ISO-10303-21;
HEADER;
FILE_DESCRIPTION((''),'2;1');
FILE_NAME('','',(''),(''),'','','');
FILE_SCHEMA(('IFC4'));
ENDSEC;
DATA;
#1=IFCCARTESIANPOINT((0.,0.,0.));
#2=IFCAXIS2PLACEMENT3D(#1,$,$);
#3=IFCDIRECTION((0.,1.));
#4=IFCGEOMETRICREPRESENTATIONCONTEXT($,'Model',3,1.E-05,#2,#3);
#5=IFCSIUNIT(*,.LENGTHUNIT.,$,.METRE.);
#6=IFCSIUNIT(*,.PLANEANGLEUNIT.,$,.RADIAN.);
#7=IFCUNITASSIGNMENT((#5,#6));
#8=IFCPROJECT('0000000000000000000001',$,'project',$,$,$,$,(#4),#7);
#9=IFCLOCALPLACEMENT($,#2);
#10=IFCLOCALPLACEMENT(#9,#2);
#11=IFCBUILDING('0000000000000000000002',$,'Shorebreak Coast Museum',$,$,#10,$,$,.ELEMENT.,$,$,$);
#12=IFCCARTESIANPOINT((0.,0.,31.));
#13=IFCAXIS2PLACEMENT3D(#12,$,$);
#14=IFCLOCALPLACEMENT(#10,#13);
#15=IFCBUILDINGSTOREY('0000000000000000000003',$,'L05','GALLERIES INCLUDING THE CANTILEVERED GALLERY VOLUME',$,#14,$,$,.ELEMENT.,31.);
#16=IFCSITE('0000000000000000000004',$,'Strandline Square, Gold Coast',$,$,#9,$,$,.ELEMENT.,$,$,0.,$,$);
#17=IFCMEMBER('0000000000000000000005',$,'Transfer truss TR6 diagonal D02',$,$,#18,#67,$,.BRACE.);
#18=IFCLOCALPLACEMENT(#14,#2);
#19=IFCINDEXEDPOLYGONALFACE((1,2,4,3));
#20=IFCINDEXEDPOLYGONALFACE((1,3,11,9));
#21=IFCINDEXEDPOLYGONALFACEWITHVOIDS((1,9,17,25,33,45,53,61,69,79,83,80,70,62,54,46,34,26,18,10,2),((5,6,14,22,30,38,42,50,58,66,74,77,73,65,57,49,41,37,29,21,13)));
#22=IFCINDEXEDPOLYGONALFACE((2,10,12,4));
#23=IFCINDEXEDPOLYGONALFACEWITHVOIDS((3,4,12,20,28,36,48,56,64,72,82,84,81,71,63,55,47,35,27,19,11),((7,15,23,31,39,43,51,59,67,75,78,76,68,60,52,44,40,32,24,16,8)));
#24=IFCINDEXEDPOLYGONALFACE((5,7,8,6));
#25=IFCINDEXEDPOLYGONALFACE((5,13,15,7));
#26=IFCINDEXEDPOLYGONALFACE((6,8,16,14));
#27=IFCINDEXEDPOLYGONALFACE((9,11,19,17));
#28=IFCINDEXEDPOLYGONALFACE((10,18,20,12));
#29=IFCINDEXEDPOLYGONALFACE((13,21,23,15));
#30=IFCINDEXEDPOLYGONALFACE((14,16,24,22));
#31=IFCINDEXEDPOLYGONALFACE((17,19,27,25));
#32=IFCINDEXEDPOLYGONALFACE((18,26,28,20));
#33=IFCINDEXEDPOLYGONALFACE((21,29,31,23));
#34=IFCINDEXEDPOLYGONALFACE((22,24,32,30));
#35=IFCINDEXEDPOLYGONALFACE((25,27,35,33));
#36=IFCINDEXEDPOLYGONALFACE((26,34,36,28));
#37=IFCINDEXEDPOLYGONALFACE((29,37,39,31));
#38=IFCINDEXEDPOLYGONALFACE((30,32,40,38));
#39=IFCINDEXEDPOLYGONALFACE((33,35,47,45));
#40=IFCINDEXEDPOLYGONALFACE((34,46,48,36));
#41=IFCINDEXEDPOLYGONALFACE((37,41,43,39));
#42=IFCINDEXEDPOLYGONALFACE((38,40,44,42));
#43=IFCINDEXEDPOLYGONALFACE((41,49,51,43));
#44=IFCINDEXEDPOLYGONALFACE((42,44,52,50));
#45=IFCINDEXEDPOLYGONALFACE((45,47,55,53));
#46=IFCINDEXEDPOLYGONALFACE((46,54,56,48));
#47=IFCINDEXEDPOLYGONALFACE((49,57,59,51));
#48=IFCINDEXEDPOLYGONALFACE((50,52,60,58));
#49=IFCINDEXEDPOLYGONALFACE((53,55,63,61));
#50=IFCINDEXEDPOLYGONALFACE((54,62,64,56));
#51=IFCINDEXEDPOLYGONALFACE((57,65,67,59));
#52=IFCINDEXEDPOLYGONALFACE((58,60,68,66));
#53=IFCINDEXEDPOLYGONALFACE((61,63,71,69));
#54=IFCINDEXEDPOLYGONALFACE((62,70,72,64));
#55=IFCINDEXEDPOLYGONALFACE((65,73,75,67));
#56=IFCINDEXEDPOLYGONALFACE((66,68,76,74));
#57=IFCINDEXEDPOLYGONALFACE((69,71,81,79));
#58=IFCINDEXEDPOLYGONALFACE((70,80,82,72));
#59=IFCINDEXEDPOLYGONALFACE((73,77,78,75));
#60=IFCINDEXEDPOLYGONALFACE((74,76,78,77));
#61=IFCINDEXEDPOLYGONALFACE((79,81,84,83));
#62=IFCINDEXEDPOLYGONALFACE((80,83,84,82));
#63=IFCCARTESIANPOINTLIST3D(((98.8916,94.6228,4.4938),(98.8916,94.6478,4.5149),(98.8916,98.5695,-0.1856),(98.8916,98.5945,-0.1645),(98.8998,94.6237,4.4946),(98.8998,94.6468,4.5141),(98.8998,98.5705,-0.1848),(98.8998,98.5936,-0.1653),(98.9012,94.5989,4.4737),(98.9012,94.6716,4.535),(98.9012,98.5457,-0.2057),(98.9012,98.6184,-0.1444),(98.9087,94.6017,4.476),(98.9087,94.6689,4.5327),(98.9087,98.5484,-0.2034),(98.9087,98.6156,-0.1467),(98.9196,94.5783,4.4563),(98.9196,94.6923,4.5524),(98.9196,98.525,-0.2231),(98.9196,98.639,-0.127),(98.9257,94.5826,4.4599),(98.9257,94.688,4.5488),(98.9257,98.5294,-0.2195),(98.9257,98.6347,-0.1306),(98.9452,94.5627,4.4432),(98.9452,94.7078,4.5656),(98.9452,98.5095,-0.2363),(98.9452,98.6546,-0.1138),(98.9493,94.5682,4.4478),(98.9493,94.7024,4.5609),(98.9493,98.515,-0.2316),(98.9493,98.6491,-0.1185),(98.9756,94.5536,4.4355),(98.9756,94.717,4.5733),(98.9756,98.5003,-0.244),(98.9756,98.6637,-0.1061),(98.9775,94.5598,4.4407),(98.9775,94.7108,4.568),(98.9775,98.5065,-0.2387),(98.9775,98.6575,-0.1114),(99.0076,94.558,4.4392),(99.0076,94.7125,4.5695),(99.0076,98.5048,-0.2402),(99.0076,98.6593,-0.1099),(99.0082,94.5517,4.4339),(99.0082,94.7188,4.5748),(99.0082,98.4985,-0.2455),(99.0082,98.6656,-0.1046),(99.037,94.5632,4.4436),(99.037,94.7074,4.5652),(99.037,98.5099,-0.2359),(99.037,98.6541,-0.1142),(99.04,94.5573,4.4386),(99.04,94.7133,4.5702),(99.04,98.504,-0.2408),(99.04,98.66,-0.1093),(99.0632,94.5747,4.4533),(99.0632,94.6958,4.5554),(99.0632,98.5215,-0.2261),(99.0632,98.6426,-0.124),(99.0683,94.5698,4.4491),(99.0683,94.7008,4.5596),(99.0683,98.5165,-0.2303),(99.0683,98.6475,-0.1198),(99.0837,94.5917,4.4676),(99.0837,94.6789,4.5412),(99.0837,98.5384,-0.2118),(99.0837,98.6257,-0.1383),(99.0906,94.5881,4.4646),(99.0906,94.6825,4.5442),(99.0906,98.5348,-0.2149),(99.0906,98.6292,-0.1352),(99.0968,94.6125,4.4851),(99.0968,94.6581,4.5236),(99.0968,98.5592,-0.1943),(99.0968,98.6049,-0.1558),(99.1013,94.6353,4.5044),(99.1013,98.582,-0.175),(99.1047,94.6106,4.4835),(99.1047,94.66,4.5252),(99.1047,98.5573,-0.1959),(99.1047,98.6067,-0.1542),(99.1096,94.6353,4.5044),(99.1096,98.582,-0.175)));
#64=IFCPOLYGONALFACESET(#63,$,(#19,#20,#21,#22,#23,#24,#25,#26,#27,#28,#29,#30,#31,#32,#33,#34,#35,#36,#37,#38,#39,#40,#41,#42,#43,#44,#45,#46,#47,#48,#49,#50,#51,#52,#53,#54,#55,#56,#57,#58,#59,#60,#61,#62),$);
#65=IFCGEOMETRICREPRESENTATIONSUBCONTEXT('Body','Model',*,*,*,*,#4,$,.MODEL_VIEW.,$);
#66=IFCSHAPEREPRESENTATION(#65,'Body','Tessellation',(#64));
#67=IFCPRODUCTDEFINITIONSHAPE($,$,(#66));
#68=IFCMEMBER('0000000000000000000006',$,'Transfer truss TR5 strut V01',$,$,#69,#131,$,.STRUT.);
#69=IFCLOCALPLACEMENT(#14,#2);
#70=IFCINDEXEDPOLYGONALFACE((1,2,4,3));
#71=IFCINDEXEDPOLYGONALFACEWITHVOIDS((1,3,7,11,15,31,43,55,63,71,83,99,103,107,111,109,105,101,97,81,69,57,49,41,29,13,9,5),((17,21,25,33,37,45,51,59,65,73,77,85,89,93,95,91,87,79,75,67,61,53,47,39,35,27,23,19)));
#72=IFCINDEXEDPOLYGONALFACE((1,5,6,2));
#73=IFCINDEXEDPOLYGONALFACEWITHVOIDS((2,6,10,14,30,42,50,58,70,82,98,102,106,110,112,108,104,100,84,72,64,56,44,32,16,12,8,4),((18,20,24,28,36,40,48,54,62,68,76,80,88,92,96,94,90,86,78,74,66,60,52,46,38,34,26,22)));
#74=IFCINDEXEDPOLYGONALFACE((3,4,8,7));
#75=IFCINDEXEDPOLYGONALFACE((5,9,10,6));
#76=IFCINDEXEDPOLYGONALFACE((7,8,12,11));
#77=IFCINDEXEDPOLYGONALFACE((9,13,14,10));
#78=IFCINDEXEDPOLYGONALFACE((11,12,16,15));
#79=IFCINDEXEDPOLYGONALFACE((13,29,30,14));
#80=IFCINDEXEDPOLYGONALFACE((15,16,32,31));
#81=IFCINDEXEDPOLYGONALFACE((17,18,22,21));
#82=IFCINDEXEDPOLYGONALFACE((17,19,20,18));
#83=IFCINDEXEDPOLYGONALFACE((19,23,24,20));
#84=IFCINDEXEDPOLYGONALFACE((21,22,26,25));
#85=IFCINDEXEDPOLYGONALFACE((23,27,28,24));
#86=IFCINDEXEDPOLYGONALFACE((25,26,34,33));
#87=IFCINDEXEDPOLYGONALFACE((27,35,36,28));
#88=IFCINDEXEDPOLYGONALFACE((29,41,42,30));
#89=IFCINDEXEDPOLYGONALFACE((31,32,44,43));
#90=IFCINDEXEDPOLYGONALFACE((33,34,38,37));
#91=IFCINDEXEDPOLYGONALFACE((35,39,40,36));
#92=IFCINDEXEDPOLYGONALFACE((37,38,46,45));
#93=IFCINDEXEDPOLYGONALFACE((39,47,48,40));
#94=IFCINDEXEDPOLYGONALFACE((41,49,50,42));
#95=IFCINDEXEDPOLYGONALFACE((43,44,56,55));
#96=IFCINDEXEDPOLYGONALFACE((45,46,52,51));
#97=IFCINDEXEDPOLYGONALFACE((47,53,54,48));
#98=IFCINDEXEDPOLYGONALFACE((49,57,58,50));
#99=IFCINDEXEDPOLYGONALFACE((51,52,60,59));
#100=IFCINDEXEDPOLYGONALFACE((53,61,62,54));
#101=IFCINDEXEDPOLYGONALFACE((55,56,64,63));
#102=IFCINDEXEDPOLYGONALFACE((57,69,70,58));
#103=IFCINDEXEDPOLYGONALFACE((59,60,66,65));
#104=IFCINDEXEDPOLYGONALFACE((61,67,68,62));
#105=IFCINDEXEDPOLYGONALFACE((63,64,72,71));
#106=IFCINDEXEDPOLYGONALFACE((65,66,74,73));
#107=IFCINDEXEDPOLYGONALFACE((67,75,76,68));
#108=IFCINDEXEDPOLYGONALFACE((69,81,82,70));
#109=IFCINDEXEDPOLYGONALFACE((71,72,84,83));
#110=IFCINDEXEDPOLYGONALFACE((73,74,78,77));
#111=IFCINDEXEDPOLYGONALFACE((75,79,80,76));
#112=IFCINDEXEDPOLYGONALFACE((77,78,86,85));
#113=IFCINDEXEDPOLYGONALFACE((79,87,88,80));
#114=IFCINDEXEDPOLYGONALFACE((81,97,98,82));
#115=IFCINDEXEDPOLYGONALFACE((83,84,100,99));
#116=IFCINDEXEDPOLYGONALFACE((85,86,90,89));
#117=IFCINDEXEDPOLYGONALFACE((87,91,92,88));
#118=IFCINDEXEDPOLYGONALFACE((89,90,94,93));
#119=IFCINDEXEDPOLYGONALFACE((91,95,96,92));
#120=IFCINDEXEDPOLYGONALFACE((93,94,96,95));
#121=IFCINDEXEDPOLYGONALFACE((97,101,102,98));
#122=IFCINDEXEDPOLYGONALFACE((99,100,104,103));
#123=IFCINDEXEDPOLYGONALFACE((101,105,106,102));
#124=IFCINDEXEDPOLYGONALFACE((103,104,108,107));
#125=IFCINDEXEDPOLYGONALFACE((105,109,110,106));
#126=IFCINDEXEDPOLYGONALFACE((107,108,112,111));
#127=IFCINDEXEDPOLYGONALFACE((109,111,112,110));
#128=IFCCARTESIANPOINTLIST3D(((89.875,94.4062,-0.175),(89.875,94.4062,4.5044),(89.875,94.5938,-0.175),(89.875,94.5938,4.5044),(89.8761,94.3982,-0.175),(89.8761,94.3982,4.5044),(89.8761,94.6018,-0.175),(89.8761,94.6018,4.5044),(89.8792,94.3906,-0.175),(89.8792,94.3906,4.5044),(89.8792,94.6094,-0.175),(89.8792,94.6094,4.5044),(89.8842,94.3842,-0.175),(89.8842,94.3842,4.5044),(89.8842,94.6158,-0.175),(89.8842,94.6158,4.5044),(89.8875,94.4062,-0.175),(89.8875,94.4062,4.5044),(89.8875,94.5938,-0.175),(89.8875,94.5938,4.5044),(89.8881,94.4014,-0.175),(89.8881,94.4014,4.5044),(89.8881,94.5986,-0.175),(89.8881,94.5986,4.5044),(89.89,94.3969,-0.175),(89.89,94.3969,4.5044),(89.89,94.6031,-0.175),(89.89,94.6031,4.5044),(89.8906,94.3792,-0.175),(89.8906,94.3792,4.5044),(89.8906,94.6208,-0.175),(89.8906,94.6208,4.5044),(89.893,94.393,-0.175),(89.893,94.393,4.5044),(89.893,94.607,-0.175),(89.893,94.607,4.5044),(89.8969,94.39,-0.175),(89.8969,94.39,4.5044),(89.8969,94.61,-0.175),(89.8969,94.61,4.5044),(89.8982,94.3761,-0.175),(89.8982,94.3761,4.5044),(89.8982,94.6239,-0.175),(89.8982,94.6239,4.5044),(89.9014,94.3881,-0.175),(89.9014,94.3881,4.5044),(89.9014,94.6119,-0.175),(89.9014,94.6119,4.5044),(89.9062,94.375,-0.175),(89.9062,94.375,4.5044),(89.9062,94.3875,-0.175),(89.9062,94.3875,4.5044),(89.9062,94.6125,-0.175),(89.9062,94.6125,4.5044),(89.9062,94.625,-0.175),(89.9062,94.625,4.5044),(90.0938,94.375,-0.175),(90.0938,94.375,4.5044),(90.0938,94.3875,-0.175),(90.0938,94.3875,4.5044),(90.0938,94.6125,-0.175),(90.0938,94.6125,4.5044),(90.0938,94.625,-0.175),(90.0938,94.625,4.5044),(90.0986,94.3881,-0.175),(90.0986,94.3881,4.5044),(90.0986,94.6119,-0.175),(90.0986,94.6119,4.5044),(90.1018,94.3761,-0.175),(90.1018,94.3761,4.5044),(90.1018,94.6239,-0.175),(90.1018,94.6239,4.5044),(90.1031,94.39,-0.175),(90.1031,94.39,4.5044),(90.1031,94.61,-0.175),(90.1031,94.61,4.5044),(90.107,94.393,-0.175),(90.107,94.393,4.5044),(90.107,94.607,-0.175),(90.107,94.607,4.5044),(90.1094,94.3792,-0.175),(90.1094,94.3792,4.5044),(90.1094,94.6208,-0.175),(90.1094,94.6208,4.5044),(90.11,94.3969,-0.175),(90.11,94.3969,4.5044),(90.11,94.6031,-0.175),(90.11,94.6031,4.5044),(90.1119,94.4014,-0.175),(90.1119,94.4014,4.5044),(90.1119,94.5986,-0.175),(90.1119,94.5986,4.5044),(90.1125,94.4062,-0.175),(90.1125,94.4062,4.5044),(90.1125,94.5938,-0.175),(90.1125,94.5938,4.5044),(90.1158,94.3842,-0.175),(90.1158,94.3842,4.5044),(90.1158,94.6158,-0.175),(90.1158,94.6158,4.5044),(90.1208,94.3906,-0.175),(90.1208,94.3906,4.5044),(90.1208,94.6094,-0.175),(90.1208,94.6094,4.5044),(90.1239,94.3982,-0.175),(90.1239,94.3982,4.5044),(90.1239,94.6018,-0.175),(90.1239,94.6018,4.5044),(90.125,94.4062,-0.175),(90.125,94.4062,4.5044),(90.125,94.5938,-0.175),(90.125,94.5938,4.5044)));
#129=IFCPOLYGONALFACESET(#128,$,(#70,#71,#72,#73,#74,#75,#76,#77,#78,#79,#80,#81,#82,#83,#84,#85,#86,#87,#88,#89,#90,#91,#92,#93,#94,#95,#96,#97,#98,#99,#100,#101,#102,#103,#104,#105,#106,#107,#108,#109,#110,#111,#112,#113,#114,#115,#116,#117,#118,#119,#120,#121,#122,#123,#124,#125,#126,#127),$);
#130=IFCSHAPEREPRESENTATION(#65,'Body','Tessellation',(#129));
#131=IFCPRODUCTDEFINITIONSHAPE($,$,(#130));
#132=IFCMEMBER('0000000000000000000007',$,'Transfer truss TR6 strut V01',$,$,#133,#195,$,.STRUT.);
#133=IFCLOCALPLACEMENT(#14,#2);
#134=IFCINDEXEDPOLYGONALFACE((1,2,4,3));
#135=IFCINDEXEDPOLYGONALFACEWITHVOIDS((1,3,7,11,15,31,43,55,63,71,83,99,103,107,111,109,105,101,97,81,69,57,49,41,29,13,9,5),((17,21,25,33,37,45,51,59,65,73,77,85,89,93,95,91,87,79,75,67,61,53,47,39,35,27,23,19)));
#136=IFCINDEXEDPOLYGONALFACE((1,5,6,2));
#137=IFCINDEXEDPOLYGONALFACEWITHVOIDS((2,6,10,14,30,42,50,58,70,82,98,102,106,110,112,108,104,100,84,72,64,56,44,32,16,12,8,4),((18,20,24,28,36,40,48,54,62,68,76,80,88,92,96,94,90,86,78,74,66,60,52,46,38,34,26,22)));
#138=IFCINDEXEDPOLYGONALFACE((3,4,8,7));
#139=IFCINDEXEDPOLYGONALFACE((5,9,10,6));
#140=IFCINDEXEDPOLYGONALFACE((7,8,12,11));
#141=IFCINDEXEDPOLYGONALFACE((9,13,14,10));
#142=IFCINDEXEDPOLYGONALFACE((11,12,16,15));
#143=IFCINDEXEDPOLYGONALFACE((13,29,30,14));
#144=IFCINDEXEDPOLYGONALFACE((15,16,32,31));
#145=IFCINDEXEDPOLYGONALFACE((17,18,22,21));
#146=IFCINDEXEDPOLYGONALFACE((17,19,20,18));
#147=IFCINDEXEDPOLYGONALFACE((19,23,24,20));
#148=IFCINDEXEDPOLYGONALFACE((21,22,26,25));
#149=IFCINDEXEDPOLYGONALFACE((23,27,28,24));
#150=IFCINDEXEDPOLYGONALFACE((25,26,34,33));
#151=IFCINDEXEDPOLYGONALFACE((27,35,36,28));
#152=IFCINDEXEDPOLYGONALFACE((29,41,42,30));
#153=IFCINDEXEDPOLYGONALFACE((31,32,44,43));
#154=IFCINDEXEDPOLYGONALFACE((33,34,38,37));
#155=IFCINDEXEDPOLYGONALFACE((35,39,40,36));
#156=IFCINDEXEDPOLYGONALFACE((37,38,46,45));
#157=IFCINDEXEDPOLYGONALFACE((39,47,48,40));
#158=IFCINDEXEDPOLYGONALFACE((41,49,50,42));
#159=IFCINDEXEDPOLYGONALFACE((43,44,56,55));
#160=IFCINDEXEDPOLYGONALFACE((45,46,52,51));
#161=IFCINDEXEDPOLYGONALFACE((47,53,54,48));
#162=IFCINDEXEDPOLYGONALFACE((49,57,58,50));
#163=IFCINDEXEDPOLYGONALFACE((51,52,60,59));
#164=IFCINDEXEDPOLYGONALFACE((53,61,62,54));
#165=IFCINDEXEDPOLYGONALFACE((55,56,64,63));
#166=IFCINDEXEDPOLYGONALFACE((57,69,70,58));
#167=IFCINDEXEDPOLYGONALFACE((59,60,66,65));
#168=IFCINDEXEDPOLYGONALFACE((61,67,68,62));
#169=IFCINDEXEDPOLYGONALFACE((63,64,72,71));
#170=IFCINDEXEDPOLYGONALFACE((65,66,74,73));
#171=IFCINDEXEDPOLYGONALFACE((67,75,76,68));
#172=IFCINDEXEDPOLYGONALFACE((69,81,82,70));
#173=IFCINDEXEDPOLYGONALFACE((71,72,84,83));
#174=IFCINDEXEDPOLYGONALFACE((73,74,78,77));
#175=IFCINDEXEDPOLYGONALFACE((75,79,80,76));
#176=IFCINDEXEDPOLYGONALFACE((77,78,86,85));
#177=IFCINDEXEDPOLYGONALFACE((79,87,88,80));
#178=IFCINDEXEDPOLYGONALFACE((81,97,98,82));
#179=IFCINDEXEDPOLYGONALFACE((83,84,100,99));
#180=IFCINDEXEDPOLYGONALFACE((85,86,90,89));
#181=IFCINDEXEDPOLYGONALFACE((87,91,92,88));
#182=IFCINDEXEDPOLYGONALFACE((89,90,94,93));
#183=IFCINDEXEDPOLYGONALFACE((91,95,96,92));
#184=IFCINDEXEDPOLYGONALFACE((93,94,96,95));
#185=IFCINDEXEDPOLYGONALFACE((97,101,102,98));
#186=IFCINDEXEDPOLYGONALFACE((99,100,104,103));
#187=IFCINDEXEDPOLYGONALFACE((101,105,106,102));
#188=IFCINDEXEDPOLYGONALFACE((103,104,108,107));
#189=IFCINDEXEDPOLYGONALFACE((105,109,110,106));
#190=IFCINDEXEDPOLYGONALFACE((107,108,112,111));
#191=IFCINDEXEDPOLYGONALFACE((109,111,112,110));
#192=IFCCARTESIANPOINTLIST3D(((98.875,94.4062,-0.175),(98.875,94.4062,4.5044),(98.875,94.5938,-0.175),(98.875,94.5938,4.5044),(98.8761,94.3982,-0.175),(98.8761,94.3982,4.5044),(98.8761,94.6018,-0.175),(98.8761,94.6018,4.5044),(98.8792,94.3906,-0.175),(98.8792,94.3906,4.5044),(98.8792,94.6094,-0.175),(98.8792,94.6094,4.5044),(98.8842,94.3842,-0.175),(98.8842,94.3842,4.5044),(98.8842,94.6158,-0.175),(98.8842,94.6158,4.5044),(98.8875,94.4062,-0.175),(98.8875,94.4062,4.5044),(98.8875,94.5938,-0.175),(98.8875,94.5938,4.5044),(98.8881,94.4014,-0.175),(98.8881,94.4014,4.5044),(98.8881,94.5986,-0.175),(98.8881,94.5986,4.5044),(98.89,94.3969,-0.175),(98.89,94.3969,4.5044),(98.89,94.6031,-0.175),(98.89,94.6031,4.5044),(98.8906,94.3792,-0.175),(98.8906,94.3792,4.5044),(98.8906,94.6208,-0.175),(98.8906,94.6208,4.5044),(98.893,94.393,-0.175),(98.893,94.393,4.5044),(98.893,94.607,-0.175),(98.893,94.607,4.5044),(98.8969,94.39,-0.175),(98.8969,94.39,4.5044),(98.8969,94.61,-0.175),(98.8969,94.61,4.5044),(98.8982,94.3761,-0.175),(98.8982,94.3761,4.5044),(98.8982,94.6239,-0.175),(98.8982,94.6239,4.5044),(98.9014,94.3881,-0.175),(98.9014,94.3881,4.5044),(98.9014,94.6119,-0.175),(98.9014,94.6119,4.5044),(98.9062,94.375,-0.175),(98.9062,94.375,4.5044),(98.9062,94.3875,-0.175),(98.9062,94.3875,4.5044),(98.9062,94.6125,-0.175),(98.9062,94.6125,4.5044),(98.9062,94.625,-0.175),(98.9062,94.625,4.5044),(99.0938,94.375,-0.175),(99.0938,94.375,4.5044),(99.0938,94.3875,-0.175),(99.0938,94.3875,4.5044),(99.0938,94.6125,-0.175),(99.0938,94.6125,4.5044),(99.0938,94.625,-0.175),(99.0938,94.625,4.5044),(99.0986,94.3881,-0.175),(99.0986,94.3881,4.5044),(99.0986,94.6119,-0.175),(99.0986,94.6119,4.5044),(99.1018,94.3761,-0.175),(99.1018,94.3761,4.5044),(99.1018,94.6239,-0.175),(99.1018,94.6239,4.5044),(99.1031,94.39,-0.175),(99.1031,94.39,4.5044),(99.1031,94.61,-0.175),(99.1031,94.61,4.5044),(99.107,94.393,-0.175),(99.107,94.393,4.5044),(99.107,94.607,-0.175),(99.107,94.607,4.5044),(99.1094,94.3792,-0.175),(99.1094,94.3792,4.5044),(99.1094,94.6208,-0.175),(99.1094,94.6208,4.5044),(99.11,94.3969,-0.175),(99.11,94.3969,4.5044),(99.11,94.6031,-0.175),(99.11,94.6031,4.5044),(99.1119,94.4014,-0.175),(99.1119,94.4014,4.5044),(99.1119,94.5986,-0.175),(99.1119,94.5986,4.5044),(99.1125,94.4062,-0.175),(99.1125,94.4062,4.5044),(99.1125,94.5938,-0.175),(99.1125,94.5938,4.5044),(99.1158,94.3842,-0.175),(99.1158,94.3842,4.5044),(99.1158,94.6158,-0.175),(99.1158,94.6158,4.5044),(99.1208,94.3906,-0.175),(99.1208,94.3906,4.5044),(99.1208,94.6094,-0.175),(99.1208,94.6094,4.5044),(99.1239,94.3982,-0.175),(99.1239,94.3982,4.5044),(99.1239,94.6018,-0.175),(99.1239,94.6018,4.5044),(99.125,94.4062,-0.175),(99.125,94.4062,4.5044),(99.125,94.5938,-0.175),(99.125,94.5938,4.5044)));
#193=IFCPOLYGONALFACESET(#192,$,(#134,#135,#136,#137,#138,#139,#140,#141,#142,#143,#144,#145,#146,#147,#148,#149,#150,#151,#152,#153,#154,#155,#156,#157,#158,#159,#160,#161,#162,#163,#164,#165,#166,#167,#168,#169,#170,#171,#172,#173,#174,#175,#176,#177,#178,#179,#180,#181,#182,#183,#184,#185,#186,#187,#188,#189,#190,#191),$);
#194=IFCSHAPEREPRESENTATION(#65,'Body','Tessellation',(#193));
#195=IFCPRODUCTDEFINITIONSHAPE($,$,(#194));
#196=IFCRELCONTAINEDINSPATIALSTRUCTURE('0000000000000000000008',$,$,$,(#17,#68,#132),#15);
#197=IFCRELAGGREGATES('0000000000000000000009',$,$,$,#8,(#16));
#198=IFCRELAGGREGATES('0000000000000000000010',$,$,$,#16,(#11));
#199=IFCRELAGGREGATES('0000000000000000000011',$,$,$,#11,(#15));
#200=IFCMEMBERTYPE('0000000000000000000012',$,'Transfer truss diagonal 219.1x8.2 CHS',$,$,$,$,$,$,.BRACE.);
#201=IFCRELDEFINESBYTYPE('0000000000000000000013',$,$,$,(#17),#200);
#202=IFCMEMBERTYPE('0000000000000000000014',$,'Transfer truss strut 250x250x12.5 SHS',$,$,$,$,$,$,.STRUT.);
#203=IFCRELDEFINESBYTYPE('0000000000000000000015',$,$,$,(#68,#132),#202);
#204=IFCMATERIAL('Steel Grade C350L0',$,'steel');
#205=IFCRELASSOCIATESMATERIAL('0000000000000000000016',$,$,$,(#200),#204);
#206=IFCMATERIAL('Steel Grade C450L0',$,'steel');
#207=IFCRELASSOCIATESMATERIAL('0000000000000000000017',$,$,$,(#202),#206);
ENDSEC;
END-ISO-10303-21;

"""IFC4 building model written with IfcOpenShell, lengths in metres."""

from ifc_helpers import new_model, si_unit, direction, frame, origin, origin_2d, place, context, subcontext, project, spatial, hollow_rectangle, hollow_circle, extrude, material, material_profile, profile_set, type_object, element, save


model = new_model("IFC4")

# Units and contexts
model_context = context("Model", 3, precision=1e-05, world=origin(), true_north=direction((0.0, 1.0)))
body_context = subcontext(model_context, "Body", "Model", "MODEL_VIEW")
ifc_project = project(units=[si_unit("LENGTHUNIT", "METRE"), si_unit("PLANEANGLEUNIT", "RADIAN")], contexts=[model_context])

# Site, building, storey
site_placement = place(None, origin())
site = spatial("IfcSite", under=ifc_project, at=site_placement, Name="Strandline Square, Gold Coast", CompositionType="ELEMENT", RefElevation=0.0)
building_placement = place(site_placement, origin())
building = spatial("IfcBuilding", under=site, at=building_placement, Name="Shorebreak Coast Museum", CompositionType="ELEMENT")
storey_placement = place(building_placement, frame((0.0, 0.0, 31.0)))
storey = spatial("IfcBuildingStorey", under=building, at=storey_placement, Name="L05", Description="GALLERIES INCLUDING THE CANTILEVERED GALLERY VOLUME", CompositionType="ELEMENT", Elevation=31.0)

# Members
ifc_material_1 = material(Name="Steel Grade C350L0", Category="steel")
ifc_material_profile_1 = material_profile(ifc_material_1, hollow_circle(Radius=0.1096, WallThickness=0.0083, at=origin_2d()), Name="219.1x8.2 CHS")
ifc_profile_set_1 = profile_set([ifc_material_profile_1], Name="Steel Grade C350L0")
member_type_1 = type_object("IfcMemberType", Name="Transfer truss diagonal 219.1x8.2 CHS", PredefinedType="BRACE", material=ifc_profile_set_1)
member_1_placement = place(storey_placement, frame((99.0, 98.582, -0.175), z_axis=(0.0, -0.644728, 0.764412), x_axis=(1.0, 0.0, 0.0)))
element("IfcMember", 1, at=member_1_placement, inside=storey, type_object=member_type_1, Name="Transfer truss TR6 diagonal D02", PredefinedType="BRACE", context=body_context, shape_type="SweptSolid", body=[
    extrude(hollow_circle(Radius=0.1096, WallThickness=0.0083, at=origin_2d()), origin(), (0.0, 0.0, 1.0), 6.1216),
])
ifc_material_2 = material(Name="Steel Grade C450L0", Category="steel")
ifc_material_profile_2 = material_profile(ifc_material_2, hollow_rectangle(XDim=0.25, YDim=0.25, WallThickness=0.0125, InnerFilletRadius=0.0188, OuterFilletRadius=0.0312, at=origin_2d()), Name="250x250x12.5 SHS")
ifc_profile_set_2 = profile_set([ifc_material_profile_2], Name="Steel Grade C450L0")
member_type_2 = type_object("IfcMemberType", Name="Transfer truss strut 250x250x12.5 SHS", PredefinedType="STRUT", material=ifc_profile_set_2)
for number, where, z_axis, x_axis, name in (
    (2, (90.0, 94.5, -0.175), (0.0, 0.0, 1.0), (1.0, 0.0, 0.0), "Transfer truss TR5 strut V01"),
    (3, (99.0, 94.5, -0.175), (0.0, 0.0, 1.0), (1.0, 0.0, 0.0), "Transfer truss TR6 strut V01"),
):
    element("IfcMember", number, at=place(storey_placement, frame(where, z_axis=z_axis, x_axis=x_axis)), inside=storey, type_object=member_type_2, Name=name, PredefinedType="STRUT", context=body_context, shape_type="SweptSolid", body=[
        extrude(hollow_rectangle(XDim=0.25, YDim=0.25, WallThickness=0.0125, InnerFilletRadius=0.0188, OuterFilletRadius=0.0312, at=origin_2d()), origin(), (0.0, 0.0, 1.0), 4.6794),
    ])

save(model, "model.ifc")
